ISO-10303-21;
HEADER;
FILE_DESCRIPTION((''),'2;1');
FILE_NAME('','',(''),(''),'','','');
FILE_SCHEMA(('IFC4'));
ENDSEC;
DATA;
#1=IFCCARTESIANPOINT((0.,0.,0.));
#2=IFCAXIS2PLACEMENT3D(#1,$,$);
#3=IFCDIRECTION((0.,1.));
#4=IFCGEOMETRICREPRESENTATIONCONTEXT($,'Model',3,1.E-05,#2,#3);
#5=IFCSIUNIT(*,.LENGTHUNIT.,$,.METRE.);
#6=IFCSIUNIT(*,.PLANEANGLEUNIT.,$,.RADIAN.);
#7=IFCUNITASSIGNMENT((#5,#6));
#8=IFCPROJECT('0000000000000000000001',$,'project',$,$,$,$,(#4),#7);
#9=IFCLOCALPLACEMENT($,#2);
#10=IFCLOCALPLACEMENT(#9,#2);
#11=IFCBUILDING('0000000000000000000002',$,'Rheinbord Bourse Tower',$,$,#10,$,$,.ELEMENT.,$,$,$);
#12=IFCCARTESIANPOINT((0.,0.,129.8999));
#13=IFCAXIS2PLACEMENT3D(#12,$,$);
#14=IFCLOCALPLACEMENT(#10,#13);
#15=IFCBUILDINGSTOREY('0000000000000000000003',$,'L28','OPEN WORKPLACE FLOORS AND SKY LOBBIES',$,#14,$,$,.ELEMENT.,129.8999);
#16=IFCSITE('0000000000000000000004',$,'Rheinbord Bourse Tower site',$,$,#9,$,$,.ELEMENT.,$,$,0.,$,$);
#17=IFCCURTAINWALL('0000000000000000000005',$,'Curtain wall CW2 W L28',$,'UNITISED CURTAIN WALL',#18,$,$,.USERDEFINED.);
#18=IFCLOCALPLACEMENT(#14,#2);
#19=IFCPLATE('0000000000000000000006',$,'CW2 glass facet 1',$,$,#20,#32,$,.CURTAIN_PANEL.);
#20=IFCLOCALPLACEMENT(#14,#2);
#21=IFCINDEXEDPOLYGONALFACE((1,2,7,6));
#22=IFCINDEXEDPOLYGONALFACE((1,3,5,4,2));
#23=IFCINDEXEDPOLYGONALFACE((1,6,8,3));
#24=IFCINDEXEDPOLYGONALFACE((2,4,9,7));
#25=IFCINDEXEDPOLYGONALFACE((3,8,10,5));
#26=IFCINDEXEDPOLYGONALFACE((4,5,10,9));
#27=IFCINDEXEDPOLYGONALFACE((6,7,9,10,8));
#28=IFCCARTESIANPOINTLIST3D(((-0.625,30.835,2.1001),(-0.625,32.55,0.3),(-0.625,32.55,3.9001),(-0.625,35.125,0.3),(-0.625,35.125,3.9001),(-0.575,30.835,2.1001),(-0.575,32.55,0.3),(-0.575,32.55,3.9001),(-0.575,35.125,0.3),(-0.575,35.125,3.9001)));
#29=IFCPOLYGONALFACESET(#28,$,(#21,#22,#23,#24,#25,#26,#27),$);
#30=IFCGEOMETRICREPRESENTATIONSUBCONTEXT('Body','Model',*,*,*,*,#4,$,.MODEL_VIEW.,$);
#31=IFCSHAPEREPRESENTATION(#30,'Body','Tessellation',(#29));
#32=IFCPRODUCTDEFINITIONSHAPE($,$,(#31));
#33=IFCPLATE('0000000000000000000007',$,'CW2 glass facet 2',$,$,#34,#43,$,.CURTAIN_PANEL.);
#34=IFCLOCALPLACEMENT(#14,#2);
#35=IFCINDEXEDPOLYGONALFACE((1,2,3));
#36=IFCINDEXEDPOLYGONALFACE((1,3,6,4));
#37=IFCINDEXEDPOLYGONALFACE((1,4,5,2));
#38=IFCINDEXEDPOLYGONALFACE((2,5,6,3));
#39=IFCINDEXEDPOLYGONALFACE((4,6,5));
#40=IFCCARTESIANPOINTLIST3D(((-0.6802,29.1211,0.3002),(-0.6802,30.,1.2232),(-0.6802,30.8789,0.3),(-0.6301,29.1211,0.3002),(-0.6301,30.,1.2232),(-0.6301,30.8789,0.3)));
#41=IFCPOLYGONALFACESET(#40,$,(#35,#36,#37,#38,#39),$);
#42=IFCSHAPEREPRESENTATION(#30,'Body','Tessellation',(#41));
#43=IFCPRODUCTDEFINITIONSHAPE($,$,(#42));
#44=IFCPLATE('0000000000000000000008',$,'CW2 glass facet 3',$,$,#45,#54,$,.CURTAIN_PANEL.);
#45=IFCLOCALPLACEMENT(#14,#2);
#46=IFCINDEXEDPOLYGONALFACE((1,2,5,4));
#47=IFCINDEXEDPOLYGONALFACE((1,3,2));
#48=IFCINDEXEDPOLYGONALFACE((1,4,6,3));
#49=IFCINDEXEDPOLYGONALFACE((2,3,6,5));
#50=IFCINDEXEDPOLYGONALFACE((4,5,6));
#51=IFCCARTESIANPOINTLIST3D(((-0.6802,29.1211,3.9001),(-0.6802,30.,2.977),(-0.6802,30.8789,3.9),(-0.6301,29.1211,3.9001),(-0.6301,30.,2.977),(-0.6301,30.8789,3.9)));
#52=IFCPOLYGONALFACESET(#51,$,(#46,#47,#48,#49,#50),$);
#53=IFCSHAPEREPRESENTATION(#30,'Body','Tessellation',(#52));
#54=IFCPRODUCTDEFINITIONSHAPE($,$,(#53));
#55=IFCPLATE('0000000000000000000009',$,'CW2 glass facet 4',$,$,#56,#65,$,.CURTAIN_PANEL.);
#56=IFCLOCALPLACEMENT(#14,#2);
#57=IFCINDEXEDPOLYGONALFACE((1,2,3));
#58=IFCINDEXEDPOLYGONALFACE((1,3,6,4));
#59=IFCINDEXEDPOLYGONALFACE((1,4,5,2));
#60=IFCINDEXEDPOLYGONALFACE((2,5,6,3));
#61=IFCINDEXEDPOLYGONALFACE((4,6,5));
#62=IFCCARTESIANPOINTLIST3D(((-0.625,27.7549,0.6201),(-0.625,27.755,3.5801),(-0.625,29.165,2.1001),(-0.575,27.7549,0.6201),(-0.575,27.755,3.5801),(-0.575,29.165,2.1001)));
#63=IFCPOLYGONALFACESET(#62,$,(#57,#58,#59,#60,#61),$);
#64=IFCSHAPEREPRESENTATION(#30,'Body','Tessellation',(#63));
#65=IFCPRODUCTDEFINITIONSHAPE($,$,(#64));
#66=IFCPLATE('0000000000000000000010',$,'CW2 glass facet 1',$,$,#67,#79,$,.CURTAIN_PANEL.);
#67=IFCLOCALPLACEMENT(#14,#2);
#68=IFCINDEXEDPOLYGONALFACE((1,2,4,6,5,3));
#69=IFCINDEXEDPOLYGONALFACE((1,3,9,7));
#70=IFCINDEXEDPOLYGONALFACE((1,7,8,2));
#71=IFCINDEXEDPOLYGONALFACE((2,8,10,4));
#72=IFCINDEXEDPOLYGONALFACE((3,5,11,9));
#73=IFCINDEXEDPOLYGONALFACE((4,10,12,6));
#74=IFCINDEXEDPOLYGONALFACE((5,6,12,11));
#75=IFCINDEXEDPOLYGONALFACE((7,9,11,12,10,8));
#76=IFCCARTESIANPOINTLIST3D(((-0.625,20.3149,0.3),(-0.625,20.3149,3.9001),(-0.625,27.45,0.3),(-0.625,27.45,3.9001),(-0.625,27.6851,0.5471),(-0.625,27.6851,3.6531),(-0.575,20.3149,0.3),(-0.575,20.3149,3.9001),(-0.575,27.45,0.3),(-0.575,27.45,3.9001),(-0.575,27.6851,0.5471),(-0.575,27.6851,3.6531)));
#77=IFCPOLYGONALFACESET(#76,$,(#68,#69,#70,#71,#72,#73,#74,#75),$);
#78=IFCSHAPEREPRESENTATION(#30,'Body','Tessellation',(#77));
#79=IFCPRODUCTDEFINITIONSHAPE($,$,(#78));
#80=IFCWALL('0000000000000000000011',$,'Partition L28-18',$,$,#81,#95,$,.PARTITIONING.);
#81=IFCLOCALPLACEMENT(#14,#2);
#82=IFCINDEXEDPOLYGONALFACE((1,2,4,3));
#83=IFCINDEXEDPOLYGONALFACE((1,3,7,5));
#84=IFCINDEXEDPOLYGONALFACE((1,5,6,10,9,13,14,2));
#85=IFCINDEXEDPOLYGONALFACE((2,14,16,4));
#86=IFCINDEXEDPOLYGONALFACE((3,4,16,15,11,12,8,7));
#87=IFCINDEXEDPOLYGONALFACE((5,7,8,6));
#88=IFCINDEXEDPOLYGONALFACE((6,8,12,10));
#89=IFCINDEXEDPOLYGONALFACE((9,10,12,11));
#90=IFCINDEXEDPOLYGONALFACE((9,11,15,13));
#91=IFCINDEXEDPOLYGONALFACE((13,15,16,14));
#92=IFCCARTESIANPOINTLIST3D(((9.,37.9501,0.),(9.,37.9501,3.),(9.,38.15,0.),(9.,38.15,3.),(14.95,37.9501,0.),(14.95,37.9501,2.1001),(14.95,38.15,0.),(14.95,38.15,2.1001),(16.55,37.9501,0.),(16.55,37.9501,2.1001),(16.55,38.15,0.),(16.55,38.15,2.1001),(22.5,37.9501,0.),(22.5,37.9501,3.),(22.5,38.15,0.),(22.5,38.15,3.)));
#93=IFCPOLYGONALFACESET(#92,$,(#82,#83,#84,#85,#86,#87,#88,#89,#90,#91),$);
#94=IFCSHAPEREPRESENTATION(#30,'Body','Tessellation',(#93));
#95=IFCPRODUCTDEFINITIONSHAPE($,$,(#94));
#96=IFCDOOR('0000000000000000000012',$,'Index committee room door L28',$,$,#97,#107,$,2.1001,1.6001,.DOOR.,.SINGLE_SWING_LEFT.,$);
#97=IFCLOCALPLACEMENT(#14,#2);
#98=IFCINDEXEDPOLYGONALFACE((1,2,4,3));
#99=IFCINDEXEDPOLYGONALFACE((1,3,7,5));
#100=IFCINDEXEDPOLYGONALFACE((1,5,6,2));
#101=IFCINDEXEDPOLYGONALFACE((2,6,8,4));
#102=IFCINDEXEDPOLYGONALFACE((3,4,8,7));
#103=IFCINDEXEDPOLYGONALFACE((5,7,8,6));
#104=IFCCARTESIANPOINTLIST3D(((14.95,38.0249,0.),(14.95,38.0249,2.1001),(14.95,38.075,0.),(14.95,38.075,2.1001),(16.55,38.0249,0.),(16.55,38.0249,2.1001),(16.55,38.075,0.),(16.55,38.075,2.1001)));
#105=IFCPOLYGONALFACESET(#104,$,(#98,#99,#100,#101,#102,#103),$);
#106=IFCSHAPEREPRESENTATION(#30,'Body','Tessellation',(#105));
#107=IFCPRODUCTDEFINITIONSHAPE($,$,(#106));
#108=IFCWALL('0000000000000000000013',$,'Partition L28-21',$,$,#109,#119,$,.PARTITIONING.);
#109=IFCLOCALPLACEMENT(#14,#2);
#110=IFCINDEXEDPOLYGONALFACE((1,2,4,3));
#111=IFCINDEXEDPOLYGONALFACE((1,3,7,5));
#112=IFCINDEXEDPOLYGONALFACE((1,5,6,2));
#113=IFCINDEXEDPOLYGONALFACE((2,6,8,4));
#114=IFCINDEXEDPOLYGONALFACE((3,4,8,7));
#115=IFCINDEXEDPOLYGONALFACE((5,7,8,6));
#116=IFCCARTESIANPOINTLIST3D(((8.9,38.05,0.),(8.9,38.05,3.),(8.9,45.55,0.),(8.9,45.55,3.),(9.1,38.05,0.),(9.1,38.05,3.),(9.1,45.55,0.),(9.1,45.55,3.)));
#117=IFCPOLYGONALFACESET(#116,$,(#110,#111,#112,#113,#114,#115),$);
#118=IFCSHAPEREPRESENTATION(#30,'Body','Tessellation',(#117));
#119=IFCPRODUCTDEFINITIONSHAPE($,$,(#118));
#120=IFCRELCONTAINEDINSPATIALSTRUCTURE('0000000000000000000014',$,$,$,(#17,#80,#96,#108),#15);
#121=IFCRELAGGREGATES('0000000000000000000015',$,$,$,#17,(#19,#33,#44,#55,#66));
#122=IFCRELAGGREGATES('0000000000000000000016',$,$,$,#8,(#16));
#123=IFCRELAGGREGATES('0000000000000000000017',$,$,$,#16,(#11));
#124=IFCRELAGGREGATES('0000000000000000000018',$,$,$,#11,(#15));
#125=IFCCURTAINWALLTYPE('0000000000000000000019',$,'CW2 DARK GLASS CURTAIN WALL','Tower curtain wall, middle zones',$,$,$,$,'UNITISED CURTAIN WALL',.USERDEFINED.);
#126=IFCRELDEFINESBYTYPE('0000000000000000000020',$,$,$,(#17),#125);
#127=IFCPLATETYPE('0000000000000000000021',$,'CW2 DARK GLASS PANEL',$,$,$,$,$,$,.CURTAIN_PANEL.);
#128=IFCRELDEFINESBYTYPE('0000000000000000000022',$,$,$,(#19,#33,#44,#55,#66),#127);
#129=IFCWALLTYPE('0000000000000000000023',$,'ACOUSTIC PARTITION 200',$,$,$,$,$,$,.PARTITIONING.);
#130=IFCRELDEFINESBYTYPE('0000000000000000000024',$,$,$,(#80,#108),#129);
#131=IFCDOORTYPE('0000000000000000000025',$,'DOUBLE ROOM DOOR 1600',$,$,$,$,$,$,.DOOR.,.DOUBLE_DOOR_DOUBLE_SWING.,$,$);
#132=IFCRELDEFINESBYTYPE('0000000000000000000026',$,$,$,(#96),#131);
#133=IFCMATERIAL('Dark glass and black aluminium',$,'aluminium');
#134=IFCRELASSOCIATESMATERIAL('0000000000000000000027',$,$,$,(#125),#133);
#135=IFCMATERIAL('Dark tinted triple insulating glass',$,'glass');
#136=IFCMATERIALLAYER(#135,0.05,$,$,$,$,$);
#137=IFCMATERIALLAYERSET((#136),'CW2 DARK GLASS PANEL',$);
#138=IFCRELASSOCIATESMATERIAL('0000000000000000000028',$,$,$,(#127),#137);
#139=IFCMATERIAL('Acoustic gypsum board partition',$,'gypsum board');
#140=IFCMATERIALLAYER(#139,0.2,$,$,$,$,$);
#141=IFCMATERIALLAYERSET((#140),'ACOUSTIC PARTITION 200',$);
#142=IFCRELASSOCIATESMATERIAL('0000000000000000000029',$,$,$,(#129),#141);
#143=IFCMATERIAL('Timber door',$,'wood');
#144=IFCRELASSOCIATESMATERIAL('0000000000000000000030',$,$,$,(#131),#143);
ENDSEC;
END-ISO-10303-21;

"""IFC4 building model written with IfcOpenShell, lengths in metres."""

from ifc_helpers import new_model, si_unit, direction, frame, frame_2d, origin, place, context, subcontext, project, spatial, polyline, rectangle, outline, extrude, material, layer, layer_set, type_object, element, fill, aggregate, save


model = new_model("IFC4")

# Units and contexts
model_context = context("Model", 3, precision=1e-05, world=origin(), true_north=direction((0.0, 1.0)))
body_context = subcontext(model_context, "Body", "Model", "MODEL_VIEW")
ifc_project = project(units=[si_unit("LENGTHUNIT", "METRE"), si_unit("PLANEANGLEUNIT", "RADIAN")], contexts=[model_context])

# Site, building, storey
site_placement = place(None, origin())
site = spatial("IfcSite", under=ifc_project, at=site_placement, Name="Rheinbord Bourse Tower site", CompositionType="ELEMENT", RefElevation=0.0)
building_placement = place(site_placement, origin())
building = spatial("IfcBuilding", under=site, at=building_placement, Name="Rheinbord Bourse Tower", CompositionType="ELEMENT")
storey_placement = place(building_placement, frame((0.0, 0.0, 129.8999)))
storey = spatial("IfcBuildingStorey", under=building, at=storey_placement, Name="L28", Description="OPEN WORKPLACE FLOORS AND SKY LOBBIES", CompositionType="ELEMENT", Elevation=129.8999)

# Curtain wall
ifc_material_1 = material(Name="Dark glass and black aluminium", Category="aluminium")
curtain_wall_type = type_object("IfcCurtainWallType", Name="CW2 DARK GLASS CURTAIN WALL", Description="Tower curtain wall, middle zones", ElementType="UNITISED CURTAIN WALL", PredefinedType="USERDEFINED", material=ifc_material_1)
curtain_wall_placement = place(storey_placement, origin())
curtain_wall = element("IfcCurtainWall", 1, at=curtain_wall_placement, inside=storey, type_object=curtain_wall_type, Name="Curtain wall CW2 W L28", ObjectType="UNITISED CURTAIN WALL", PredefinedType="USERDEFINED")

# Plates
ifc_material_2 = material(Name="Dark tinted triple insulating glass", Category="glass")
ifc_layer_1 = layer(ifc_material_2, 0.05)
ifc_layer_set_1 = layer_set([ifc_layer_1], Name="CW2 DARK GLASS PANEL")
plate_type = type_object("IfcPlateType", Name="CW2 DARK GLASS PANEL", PredefinedType="CURTAIN_PANEL", material=ifc_layer_set_1)
plate_1_placement = place(storey_placement, frame((-0.625, 35.125, 0.3), z_axis=(1.0, 0.0, 0.0), x_axis=(0.0, 0.0, 1.0)))
plate_1 = element("IfcPlate", 2, at=plate_1_placement, type_object=plate_type, Name="CW2 glass facet 1", PredefinedType="CURTAIN_PANEL", context=body_context, shape_type="SweptSolid", body=[
    extrude(outline(polyline([(0.0, 0.0), (3.6001, 0.0), (3.6001, 2.575), (1.8, 4.29), (0.0, 2.575), (0.0, 0.0)])), origin(), (0.0, 0.0, 1.0), 0.05),
])
plate_2_placement = place(storey_placement, frame((-0.6802, 30.8789, 0.3), z_axis=(1.0, 0.0, 0.0), x_axis=(0.0, -0.68956, 0.724229)))
plate_2 = element("IfcPlate", 3, at=plate_2_placement, type_object=plate_type, Name="CW2 glass facet 2", PredefinedType="CURTAIN_PANEL", context=body_context, shape_type="SweptSolid", body=[
    extrude(outline(polyline([(0.0, 0.0), (1.2747, 0.0), (1.2122, 1.2729), (0.0, 0.0)])), origin(), (0.0, 0.0, 1.0), 0.05),
])
plate_3_placement = place(storey_placement, frame((-0.6802, 29.1211, 3.9001), z_axis=(1.0, 0.0, 0.0), x_axis=(0.0, 0.68956, -0.724229)))
plate_3 = element("IfcPlate", 4, at=plate_3_placement, type_object=plate_type, Name="CW2 glass facet 3", PredefinedType="CURTAIN_PANEL", context=body_context, shape_type="SweptSolid", body=[
    extrude(outline(polyline([(0.0, 0.0), (1.2747, 0.0), (1.2122, 1.2729), (0.0, 0.0)])), origin(), (0.0, 0.0, 1.0), 0.05),
])
plate_4_placement = place(storey_placement, frame((-0.625, 27.7549, 0.6201), z_axis=(1.0, 0.0, 0.0), x_axis=(0.0, 0.689822, 0.723979)))
plate_4 = element("IfcPlate", 5, at=plate_4_placement, type_object=plate_type, Name="CW2 glass facet 4", PredefinedType="CURTAIN_PANEL", context=body_context, shape_type="SweptSolid", body=[
    extrude(outline(polyline([(0.0, 0.0), (2.0442, 0.0), (2.1431, 2.0417), (0.0, 0.0)])), origin(), (0.0, 0.0, 1.0), 0.05),
])
plate_5_placement = place(storey_placement, frame((-0.625, 20.3149, 3.9001), z_axis=(1.0, 0.0, 0.0), x_axis=(0.0, 0.0, -1.0)))
plate_5 = element("IfcPlate", 6, at=plate_5_placement, type_object=plate_type, Name="CW2 glass facet 1", PredefinedType="CURTAIN_PANEL", context=body_context, shape_type="SweptSolid", body=[
    extrude(outline(polyline([(0.0, 0.0), (3.6001, 0.0), (3.6001, 7.135), (3.353, 7.3701), (0.2471, 7.3701), (0.0, 7.135), (0.0, 0.0)])), origin(), (0.0, 0.0, 1.0), 0.05),
])
aggregate(curtain_wall, [plate_1, plate_2, plate_3, plate_4, plate_5])

# Wall, opening, door
ifc_material_3 = material(Name="Acoustic gypsum board partition", Category="gypsum board")
ifc_layer_2 = layer(ifc_material_3, 0.2)
ifc_layer_set_2 = layer_set([ifc_layer_2], Name="ACOUSTIC PARTITION 200")
wall_type = type_object("IfcWallType", Name="ACOUSTIC PARTITION 200", PredefinedType="PARTITIONING", material=ifc_layer_set_2)
wall_1_placement = place(storey_placement, frame((9.0, 38.05, 0.0), z_axis=(0.0, 0.0, 1.0), x_axis=(1.0, 0.0, 0.0)))
wall_1 = element("IfcWall", 7, at=wall_1_placement, inside=storey, type_object=wall_type, Name="Partition L28-18", PredefinedType="PARTITIONING", context=body_context, shape_type="SweptSolid", body=[
    extrude(rectangle(XDim=13.5, YDim=0.2, at=frame_2d((6.75, 0.0))), origin(), (0.0, 0.0, 1.0), 3.0),
])
opening_placement = place(wall_1_placement, frame((5.95, 0.0, 0.0)))
opening = element("IfcOpeningElement", 8, at=opening_placement, cuts=wall_1, PredefinedType="OPENING", context=body_context, shape_type="SweptSolid", body=[
    extrude(rectangle(XDim=1.6001, YDim=2.1001, at=frame_2d((0.8, 1.05))), frame((0.0, 0.1099, 0.0), z_axis=(0.0, -1.0, 0.0), x_axis=(1.0, 0.0, 0.0)), (0.0, 0.0, 1.0), 0.22),
])
ifc_material_4 = material(Name="Timber door", Category="wood")
door_type = type_object("IfcDoorType", Name="DOUBLE ROOM DOOR 1600", OperationType="DOUBLE_DOOR_DOUBLE_SWING", PredefinedType="DOOR", material=ifc_material_4)
door_placement = place(opening_placement, origin())
door = element("IfcDoor", 9, at=door_placement, inside=storey, type_object=door_type, Name="Index committee room door L28", OperationType="SINGLE_SWING_LEFT", OverallHeight=2.1001, OverallWidth=1.6001, PredefinedType="DOOR", context=body_context, shape_type="SweptSolid", body=[
    extrude(rectangle(XDim=1.6001, YDim=2.1001, at=frame_2d((0.8, 1.05))), frame((0.0, 0.0249, 0.0), z_axis=(0.0, -1.0, 0.0), x_axis=(1.0, 0.0, 0.0)), (0.0, 0.0, 1.0), 0.05),
])
fill(opening, door)

# Wall
wall_2_placement = place(storey_placement, frame((9.0, 38.05, 0.0), z_axis=(0.0, 0.0, 1.0), x_axis=(0.0, 1.0, 0.0)))
element("IfcWall", 10, at=wall_2_placement, inside=storey, type_object=wall_type, Name="Partition L28-21", PredefinedType="PARTITIONING", context=body_context, shape_type="SweptSolid", body=[
    extrude(rectangle(XDim=7.5, YDim=0.2, at=frame_2d((3.75, 0.0))), origin(), (0.0, 0.0, 1.0), 3.0),
])

save(model, "model.ifc")
